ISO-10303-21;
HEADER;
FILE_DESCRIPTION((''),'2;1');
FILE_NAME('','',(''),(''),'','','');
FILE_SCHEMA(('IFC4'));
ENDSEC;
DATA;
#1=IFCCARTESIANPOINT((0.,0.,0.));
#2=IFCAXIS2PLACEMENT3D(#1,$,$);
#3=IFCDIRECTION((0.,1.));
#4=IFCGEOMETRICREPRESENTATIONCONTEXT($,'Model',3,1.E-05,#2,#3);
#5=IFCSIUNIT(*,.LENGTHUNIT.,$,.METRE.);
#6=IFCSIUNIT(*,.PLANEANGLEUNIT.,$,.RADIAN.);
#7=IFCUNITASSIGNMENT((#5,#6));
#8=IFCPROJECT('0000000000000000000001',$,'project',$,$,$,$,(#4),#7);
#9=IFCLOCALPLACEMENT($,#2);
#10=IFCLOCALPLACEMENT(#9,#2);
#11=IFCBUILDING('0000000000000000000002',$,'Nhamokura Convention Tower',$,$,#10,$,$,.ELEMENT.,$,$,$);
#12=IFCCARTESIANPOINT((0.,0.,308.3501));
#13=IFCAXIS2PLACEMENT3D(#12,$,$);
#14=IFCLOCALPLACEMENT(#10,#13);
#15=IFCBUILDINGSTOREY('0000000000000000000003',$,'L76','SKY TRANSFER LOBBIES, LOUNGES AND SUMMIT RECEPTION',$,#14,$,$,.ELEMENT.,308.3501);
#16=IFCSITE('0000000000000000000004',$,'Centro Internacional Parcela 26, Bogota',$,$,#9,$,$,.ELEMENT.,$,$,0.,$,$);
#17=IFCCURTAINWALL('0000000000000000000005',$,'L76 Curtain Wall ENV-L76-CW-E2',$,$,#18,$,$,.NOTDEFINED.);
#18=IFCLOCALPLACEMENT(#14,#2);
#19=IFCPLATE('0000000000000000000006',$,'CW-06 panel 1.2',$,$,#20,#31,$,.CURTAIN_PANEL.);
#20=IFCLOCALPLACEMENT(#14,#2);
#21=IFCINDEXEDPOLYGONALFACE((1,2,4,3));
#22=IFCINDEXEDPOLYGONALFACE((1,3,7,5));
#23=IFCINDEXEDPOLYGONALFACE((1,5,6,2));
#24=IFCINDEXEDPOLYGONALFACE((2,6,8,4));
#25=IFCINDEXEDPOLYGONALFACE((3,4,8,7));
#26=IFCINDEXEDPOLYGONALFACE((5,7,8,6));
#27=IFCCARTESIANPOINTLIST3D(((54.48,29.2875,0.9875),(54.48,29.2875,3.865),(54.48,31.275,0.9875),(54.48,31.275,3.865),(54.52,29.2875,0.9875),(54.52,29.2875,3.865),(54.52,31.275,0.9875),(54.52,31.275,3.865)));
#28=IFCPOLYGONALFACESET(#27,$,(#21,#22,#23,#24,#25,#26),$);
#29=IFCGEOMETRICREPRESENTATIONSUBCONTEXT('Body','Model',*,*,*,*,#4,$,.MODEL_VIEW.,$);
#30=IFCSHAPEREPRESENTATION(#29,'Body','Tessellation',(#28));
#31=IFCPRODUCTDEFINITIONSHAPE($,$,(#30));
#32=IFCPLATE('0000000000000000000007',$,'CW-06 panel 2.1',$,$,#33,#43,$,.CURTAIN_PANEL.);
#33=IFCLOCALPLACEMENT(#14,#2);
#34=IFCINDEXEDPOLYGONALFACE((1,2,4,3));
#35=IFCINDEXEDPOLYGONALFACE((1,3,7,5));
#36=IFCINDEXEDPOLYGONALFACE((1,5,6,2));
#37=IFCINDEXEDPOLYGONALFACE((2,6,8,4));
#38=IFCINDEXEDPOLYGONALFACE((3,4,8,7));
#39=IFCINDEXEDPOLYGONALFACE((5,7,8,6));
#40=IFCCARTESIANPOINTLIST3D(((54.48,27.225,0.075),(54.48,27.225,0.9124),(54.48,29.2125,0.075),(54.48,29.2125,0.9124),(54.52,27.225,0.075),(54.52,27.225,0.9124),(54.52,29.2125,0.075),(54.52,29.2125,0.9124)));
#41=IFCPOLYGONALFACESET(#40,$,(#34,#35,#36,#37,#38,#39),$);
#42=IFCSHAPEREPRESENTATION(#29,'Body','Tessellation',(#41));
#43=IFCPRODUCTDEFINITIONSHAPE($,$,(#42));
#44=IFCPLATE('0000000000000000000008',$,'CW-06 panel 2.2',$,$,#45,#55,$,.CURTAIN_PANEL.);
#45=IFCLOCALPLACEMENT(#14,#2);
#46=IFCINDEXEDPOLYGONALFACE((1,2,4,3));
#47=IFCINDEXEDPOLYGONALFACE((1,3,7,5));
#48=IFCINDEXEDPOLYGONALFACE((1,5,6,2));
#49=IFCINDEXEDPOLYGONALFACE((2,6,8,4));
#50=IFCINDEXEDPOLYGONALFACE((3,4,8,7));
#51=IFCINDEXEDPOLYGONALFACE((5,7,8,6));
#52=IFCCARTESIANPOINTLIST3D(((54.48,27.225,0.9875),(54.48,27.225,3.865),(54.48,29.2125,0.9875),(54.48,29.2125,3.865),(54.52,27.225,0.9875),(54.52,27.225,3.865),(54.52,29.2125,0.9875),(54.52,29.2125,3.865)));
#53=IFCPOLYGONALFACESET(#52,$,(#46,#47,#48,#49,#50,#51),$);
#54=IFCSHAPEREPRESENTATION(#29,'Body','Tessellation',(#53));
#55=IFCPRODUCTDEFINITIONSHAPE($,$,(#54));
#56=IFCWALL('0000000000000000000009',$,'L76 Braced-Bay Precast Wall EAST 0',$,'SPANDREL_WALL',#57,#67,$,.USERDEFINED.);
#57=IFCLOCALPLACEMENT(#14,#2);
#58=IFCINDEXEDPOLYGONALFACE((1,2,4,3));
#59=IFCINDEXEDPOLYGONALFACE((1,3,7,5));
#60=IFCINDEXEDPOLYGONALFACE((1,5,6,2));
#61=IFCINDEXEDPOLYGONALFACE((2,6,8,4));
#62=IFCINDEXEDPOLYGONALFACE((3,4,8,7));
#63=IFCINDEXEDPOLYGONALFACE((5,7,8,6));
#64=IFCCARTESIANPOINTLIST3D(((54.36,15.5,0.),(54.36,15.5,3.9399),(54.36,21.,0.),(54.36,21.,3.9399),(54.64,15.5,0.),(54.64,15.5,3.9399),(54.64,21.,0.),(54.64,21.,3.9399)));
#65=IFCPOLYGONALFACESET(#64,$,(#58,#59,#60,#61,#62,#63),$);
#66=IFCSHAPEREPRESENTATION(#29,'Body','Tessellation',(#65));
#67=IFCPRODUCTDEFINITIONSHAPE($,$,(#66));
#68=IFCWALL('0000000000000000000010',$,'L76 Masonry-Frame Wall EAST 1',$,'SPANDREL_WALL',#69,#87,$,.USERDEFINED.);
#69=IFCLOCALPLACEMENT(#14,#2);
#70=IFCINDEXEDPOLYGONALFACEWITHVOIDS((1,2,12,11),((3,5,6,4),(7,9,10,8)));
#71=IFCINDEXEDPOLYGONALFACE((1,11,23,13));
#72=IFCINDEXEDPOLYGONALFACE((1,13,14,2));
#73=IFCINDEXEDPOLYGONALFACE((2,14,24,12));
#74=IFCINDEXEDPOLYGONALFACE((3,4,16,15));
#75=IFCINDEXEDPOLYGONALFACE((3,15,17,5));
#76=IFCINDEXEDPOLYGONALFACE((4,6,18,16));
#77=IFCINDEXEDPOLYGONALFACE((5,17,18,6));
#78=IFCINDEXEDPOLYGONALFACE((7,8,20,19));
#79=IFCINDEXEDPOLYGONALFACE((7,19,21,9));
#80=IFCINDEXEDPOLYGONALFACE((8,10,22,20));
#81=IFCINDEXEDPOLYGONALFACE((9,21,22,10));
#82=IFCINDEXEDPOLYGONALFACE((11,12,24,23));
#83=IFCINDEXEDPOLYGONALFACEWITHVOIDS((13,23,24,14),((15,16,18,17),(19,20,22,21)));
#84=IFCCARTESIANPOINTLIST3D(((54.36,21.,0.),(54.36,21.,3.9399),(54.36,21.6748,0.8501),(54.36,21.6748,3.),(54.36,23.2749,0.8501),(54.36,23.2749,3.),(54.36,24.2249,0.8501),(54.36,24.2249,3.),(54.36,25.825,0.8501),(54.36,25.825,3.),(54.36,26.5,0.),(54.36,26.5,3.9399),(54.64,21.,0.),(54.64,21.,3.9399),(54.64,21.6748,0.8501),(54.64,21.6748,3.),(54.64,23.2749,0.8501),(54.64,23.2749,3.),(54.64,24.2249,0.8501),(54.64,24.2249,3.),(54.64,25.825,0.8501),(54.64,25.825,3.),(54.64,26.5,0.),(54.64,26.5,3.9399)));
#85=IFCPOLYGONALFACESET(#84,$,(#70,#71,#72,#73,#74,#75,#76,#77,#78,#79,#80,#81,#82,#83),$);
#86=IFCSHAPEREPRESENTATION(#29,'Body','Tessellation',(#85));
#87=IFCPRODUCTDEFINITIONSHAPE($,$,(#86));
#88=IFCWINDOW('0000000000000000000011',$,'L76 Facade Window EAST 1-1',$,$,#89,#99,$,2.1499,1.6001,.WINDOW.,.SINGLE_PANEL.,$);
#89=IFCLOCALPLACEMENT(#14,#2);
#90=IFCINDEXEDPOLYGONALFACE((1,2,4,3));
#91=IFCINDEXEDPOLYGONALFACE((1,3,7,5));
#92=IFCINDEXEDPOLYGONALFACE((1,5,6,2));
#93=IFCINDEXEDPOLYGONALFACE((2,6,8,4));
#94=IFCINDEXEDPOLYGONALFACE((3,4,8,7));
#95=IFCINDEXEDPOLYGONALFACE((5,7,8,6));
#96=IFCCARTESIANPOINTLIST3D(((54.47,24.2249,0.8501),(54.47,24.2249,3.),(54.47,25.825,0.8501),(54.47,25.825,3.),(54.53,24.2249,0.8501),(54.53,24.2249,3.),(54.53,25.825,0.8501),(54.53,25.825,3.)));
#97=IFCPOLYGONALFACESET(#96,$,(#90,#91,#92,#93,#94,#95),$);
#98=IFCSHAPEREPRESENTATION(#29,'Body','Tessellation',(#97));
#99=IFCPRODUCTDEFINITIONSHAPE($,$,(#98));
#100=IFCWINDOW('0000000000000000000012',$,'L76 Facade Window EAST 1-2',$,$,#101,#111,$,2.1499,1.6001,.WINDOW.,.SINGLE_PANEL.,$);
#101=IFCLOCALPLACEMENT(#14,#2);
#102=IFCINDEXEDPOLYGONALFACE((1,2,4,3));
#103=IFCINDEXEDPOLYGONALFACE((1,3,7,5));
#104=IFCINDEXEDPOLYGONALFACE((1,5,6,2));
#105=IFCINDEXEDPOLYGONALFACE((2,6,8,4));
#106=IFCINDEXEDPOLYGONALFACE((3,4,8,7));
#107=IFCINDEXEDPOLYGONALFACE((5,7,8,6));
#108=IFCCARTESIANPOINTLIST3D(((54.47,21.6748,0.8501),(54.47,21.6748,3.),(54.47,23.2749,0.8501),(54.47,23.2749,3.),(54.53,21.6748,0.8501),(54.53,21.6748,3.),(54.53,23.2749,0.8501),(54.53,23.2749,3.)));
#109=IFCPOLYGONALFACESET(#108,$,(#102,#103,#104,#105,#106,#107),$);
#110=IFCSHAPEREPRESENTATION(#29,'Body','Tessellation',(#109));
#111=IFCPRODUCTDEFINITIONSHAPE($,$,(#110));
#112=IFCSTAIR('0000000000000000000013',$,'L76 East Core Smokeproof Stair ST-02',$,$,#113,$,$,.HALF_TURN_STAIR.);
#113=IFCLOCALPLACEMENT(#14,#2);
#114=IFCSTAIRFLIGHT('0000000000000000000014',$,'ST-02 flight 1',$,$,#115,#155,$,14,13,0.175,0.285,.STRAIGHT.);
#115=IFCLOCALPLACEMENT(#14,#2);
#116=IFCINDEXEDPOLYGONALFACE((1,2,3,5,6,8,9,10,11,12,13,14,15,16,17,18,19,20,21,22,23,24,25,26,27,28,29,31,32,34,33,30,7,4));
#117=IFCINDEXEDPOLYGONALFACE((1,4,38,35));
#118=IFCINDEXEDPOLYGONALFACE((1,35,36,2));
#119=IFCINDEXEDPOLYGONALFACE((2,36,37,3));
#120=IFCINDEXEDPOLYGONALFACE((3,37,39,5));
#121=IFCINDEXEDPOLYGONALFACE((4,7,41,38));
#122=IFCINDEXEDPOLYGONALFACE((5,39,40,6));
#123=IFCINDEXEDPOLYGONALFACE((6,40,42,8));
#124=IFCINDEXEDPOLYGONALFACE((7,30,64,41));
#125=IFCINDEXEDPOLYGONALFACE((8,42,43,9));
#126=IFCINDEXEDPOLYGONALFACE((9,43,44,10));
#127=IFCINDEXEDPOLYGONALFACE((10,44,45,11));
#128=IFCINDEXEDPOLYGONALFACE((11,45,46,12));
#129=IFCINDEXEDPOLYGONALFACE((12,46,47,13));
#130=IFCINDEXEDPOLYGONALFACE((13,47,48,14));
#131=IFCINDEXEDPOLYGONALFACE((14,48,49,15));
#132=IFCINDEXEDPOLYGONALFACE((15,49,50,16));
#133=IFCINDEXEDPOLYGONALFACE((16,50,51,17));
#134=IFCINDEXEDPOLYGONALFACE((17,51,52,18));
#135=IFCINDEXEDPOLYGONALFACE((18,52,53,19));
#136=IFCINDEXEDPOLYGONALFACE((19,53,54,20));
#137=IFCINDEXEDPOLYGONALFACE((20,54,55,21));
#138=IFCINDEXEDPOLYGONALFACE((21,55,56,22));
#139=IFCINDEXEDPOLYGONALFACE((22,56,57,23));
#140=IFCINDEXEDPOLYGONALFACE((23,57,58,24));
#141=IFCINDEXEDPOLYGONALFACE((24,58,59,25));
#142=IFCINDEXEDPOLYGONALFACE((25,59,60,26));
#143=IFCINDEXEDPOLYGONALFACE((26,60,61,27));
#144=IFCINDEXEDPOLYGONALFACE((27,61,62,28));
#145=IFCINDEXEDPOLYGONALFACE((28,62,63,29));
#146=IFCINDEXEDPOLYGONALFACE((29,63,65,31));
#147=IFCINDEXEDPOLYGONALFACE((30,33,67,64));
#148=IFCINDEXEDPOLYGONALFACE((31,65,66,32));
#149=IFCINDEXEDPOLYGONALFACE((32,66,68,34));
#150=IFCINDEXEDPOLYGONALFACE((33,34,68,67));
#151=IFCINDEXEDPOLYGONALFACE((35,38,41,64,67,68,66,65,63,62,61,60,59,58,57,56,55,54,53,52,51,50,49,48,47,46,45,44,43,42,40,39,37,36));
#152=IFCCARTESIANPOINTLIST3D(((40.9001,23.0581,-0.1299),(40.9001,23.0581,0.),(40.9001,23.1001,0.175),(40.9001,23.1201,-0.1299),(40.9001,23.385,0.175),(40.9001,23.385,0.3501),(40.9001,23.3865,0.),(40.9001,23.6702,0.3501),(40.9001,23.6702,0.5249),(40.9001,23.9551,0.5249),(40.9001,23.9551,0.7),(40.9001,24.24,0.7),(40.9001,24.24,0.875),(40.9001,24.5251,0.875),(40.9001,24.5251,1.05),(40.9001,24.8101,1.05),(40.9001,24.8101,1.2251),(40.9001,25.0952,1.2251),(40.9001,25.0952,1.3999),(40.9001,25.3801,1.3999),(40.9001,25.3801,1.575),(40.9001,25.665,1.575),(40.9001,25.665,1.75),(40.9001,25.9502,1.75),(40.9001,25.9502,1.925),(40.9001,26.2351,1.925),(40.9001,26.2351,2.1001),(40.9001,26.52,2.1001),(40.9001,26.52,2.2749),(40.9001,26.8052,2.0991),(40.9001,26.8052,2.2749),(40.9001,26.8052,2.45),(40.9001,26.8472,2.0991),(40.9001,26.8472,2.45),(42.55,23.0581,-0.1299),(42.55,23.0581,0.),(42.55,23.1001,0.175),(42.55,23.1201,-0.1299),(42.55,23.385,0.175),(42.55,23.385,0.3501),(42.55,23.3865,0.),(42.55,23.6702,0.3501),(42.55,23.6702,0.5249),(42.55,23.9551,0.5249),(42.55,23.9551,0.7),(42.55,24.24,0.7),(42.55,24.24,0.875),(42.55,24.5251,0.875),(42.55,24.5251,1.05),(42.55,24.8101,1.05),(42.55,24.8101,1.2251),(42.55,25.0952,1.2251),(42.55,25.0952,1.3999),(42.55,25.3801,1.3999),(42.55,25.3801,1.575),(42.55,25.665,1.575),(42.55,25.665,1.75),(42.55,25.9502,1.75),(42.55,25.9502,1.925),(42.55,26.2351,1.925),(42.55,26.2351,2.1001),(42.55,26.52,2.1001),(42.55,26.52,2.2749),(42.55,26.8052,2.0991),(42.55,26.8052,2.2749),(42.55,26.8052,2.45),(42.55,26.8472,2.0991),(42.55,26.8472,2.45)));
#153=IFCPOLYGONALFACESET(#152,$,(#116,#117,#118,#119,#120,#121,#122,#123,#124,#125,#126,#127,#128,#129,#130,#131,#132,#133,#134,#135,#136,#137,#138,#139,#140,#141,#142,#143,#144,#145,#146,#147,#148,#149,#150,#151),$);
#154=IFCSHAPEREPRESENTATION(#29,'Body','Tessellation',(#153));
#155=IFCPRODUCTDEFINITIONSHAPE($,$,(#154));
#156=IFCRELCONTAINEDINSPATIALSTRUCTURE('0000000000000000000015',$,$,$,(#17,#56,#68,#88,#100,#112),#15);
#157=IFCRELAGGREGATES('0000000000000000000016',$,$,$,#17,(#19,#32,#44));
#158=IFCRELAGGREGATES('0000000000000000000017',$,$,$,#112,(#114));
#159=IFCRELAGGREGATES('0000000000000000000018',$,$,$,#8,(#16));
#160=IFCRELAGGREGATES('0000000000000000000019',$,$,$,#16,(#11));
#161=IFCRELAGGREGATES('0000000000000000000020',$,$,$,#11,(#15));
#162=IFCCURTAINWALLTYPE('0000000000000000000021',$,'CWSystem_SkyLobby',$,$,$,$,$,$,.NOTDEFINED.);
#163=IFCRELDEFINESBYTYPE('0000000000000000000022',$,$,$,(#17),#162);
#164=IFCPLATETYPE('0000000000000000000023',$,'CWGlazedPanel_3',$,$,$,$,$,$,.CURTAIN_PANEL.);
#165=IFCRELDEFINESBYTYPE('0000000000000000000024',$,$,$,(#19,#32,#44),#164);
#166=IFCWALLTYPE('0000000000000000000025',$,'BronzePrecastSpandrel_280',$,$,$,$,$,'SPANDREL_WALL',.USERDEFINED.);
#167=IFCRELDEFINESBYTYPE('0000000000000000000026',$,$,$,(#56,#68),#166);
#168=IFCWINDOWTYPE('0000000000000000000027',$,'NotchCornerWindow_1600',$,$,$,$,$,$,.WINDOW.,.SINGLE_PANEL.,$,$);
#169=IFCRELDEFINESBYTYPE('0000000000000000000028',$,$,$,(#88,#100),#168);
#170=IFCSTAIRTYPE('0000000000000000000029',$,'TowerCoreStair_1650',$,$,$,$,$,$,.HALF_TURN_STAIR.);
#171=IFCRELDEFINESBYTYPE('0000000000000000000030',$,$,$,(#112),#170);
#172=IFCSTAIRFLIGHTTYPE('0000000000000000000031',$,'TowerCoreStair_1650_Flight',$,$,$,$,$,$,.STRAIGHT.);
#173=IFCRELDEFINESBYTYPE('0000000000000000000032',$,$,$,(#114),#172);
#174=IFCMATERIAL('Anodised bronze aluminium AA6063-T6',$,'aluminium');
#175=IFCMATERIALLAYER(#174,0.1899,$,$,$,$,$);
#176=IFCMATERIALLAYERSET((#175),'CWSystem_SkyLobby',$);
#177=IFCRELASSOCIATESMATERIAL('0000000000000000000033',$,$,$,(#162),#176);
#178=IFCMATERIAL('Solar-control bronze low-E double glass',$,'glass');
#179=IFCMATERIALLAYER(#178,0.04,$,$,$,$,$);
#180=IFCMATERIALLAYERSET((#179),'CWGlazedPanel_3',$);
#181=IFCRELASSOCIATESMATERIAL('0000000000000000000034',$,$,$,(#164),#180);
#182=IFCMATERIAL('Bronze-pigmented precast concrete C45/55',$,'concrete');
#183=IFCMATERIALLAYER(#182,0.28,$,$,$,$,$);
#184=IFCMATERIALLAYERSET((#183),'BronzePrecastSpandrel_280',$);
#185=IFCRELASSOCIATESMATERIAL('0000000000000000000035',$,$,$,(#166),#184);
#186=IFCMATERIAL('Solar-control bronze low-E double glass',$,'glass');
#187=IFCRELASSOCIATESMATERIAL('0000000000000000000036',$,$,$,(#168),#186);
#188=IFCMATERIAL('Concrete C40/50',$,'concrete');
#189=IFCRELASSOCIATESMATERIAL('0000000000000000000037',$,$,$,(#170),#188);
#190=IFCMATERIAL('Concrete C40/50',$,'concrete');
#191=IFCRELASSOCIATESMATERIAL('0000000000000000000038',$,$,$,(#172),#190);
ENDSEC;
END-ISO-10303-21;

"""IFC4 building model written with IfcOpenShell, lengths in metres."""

from ifc_helpers import new_model, si_unit, direction, frame, frame_2d, origin, origin_2d, place, context, subcontext, project, spatial, polyline, rectangle, outline, extrude, material, layer, layer_set, type_object, element, fill, aggregate, save


model = new_model("IFC4")

# Units and contexts
model_context = context("Model", 3, precision=1e-05, world=origin(), true_north=direction((0.0, 1.0)))
body_context = subcontext(model_context, "Body", "Model", "MODEL_VIEW")
ifc_project = project(units=[si_unit("LENGTHUNIT", "METRE"), si_unit("PLANEANGLEUNIT", "RADIAN")], contexts=[model_context])

# Site, building, storey
site_placement = place(None, origin())
site = spatial("IfcSite", under=ifc_project, at=site_placement, Name="Centro Internacional Parcela 26, Bogota", CompositionType="ELEMENT", RefElevation=0.0)
building_placement = place(site_placement, origin())
building = spatial("IfcBuilding", under=site, at=building_placement, Name="Nhamokura Convention Tower", CompositionType="ELEMENT")
storey_placement = place(building_placement, frame((0.0, 0.0, 308.3501)))
storey = spatial("IfcBuildingStorey", under=building, at=storey_placement, Name="L76", Description="SKY TRANSFER LOBBIES, LOUNGES AND SUMMIT RECEPTION", CompositionType="ELEMENT", Elevation=308.3501)

# Curtain wall
ifc_material_1 = material(Name="Anodised bronze aluminium AA6063-T6", Category="aluminium")
ifc_layer_1 = layer(ifc_material_1, 0.1899)
ifc_layer_set_1 = layer_set([ifc_layer_1], Name="CWSystem_SkyLobby")
curtain_wall_type = type_object("IfcCurtainWallType", Name="CWSystem_SkyLobby", PredefinedType="NOTDEFINED", material=ifc_layer_set_1)
curtain_wall_placement = place(storey_placement, origin())
curtain_wall = element("IfcCurtainWall", 1, at=curtain_wall_placement, inside=storey, type_object=curtain_wall_type, Name="L76 Curtain Wall ENV-L76-CW-E2", PredefinedType="NOTDEFINED")

# Plates
ifc_material_2 = material(Name="Solar-control bronze low-E double glass", Category="glass")
ifc_layer_2 = layer(ifc_material_2, 0.04)
ifc_layer_set_2 = layer_set([ifc_layer_2], Name="CWGlazedPanel_3")
plate_type = type_object("IfcPlateType", Name="CWGlazedPanel_3", PredefinedType="CURTAIN_PANEL", material=ifc_layer_set_2)
plate_1_placement = place(storey_placement, frame((54.5, 30.2812, 0.9875), z_axis=(0.0, 0.0, 1.0), x_axis=(0.0, -1.0, 0.0)))
plate_1 = element("IfcPlate", 2, at=plate_1_placement, type_object=plate_type, Name="CW-06 panel 1.2", PredefinedType="CURTAIN_PANEL", context=body_context, shape_type="SweptSolid", body=[
    extrude(rectangle(XDim=1.9875, YDim=0.04, at=origin_2d()), origin(), (0.0, 0.0, 1.0), 2.8774),
])
plate_2_placement = place(storey_placement, frame((54.5, 28.2188, 0.075), z_axis=(0.0, 0.0, 1.0), x_axis=(0.0, -1.0, 0.0)))
plate_2 = element("IfcPlate", 3, at=plate_2_placement, type_object=plate_type, Name="CW-06 panel 2.1", PredefinedType="CURTAIN_PANEL", context=body_context, shape_type="SweptSolid", body=[
    extrude(rectangle(XDim=1.9875, YDim=0.04, at=origin_2d()), origin(), (0.0, 0.0, 1.0), 0.8374),
])
plate_3_placement = place(storey_placement, frame((54.5, 28.2188, 0.9875), z_axis=(0.0, 0.0, 1.0), x_axis=(0.0, -1.0, 0.0)))
plate_3 = element("IfcPlate", 4, at=plate_3_placement, type_object=plate_type, Name="CW-06 panel 2.2", PredefinedType="CURTAIN_PANEL", context=body_context, shape_type="SweptSolid", body=[
    extrude(rectangle(XDim=1.9875, YDim=0.04, at=origin_2d()), origin(), (0.0, 0.0, 1.0), 2.8774),
])
aggregate(curtain_wall, [plate_1, plate_2, plate_3])

# Wall
ifc_material_3 = material(Name="Bronze-pigmented precast concrete C45/55", Category="concrete")
ifc_layer_3 = layer(ifc_material_3, 0.28)
ifc_layer_set_3 = layer_set([ifc_layer_3], Name="BronzePrecastSpandrel_280")
wall_type = type_object("IfcWallType", Name="BronzePrecastSpandrel_280", ElementType="SPANDREL_WALL", PredefinedType="USERDEFINED", material=ifc_layer_set_3)
wall_1_placement = place(storey_placement, frame((54.5, 21.0, 0.0), z_axis=(0.0, 0.0, 1.0), x_axis=(0.0, -1.0, 0.0)))
element("IfcWall", 5, at=wall_1_placement, inside=storey, type_object=wall_type, Name="L76 Braced-Bay Precast Wall EAST 0", ObjectType="SPANDREL_WALL", PredefinedType="USERDEFINED", context=body_context, shape_type="SweptSolid", body=[
    extrude(rectangle(XDim=5.5, YDim=0.28, at=frame_2d((2.75, 0.0))), origin(), (0.0, 0.0, 1.0), 3.9399),
])

# Wall, openings, windows
wall_2_placement = place(storey_placement, frame((54.5, 26.5, 0.0), z_axis=(0.0, 0.0, 1.0), x_axis=(0.0, -1.0, 0.0)))
wall_2 = element("IfcWall", 6, at=wall_2_placement, inside=storey, type_object=wall_type, Name="L76 Masonry-Frame Wall EAST 1", ObjectType="SPANDREL_WALL", PredefinedType="USERDEFINED", context=body_context, shape_type="SweptSolid", body=[
    extrude(rectangle(XDim=5.5, YDim=0.28, at=frame_2d((2.75, 0.0))), origin(), (0.0, 0.0, 1.0), 3.9399),
])
opening_1_placement = place(wall_2_placement, frame((0.675, 0.0, 0.8501)))
opening_1 = element("IfcOpeningElement", 7, at=opening_1_placement, cuts=wall_2, PredefinedType="OPENING", context=body_context, shape_type="SweptSolid", body=[
    extrude(rectangle(XDim=1.6001, YDim=2.1499, at=frame_2d((0.8, 1.075))), frame((0.0, 0.1499, 0.0), z_axis=(0.0, -1.0, 0.0), x_axis=(1.0, 0.0, 0.0)), (0.0, 0.0, 1.0), 0.3),
])
opening_2_placement = place(wall_2_placement, frame((3.2251, 0.0, 0.8501)))
opening_2 = element("IfcOpeningElement", 8, at=opening_2_placement, cuts=wall_2, PredefinedType="OPENING", context=body_context, shape_type="SweptSolid", body=[
    extrude(rectangle(XDim=1.6001, YDim=2.1499, at=frame_2d((0.8, 1.075))), frame((0.0, 0.1499, 0.0), z_axis=(0.0, -1.0, 0.0), x_axis=(1.0, 0.0, 0.0)), (0.0, 0.0, 1.0), 0.3),
])
ifc_material_4 = material(Name="Solar-control bronze low-E double glass", Category="glass")
window_type = type_object("IfcWindowType", Name="NotchCornerWindow_1600", PartitioningType="SINGLE_PANEL", PredefinedType="WINDOW", material=ifc_material_4)
window_1_placement = place(opening_1_placement, origin())
window_1 = element("IfcWindow", 9, at=window_1_placement, inside=storey, type_object=window_type, Name="L76 Facade Window EAST 1-1", OverallHeight=2.1499, OverallWidth=1.6001, PartitioningType="SINGLE_PANEL", PredefinedType="WINDOW", context=body_context, shape_type="SweptSolid", body=[
    extrude(rectangle(XDim=1.6001, YDim=2.1499, at=frame_2d((0.8, 1.075))), frame((0.0, 0.03, 0.0), z_axis=(0.0, -1.0, 0.0), x_axis=(1.0, 0.0, 0.0)), (0.0, 0.0, 1.0), 0.0601),
])
fill(opening_1, window_1)
window_2_placement = place(opening_2_placement, origin())
window_2 = element("IfcWindow", 10, at=window_2_placement, inside=storey, type_object=window_type, Name="L76 Facade Window EAST 1-2", OverallHeight=2.1499, OverallWidth=1.6001, PartitioningType="SINGLE_PANEL", PredefinedType="WINDOW", context=body_context, shape_type="SweptSolid", body=[
    extrude(rectangle(XDim=1.6001, YDim=2.1499, at=frame_2d((0.8, 1.075))), frame((0.0, 0.03, 0.0), z_axis=(0.0, -1.0, 0.0), x_axis=(1.0, 0.0, 0.0)), (0.0, 0.0, 1.0), 0.0601),
])
fill(opening_2, window_2)

# Stair, stair flight
ifc_material_5 = material(Name="Concrete C40/50", Category="concrete")
stair_type = type_object("IfcStairType", Name="TowerCoreStair_1650", PredefinedType="HALF_TURN_STAIR", material=ifc_material_5)
stair_placement = place(storey_placement, origin())
stair = element("IfcStair", 11, at=stair_placement, inside=storey, type_object=stair_type, Name="L76 East Core Smokeproof Stair ST-02", PredefinedType="HALF_TURN_STAIR")
ifc_material_6 = material(Name="Concrete C40/50", Category="concrete")
stair_flight_type = type_object("IfcStairFlightType", Name="TowerCoreStair_1650_Flight", PredefinedType="STRAIGHT", material=ifc_material_6)
stair_flight_placement = place(storey_placement, frame((41.7251, 23.1001, 0.0), z_axis=(0.0, 0.0, 1.0), x_axis=(0.0, 1.0, 0.0)))
stair_flight = element("IfcStairFlight", 12, at=stair_flight_placement, type_object=stair_flight_type, Name="ST-02 flight 1", NumberOfRisers=14, NumberOfTreads=13, PredefinedType="STRAIGHT", RiserHeight=0.175, TreadLength=0.285, context=body_context, shape_type="SweptSolid", body=[
    extrude(outline(polyline([(-0.042, 0.0), (0.0, 0.175), (0.2849, 0.175), (0.2849, 0.3501), (0.5701, 0.3501), (0.5701, 0.5249), (0.855, 0.5249), (0.855, 0.7), (1.1399, 0.7), (1.1399, 0.875), (1.425, 0.875), (1.425, 1.05), (1.71, 1.05), (1.71, 1.2251), (1.9951, 1.2251), (1.9951, 1.3999), (2.28, 1.3999), (2.28, 1.575), (2.5649, 1.575), (2.5649, 1.75), (2.8501, 1.75), (2.8501, 1.925), (3.135, 1.925), (3.135, 2.1001), (3.4199, 2.1001), (3.4199, 2.2749), (3.7051, 2.2749), (3.7051, 2.45), (3.7471, 2.45), (3.7471, 2.0991), (3.7051, 2.0991), (0.2864, 0.0), (0.02, -0.1299), (-0.042, -0.1299), (-0.042, 0.0)])), frame((0.0, 0.825, 0.0), z_axis=(0.0, -1.0, 0.0), x_axis=(1.0, 0.0, 0.0)), (0.0, 0.0, 1.0), 1.6499),
])
aggregate(stair, [stair_flight])

save(model, "model.ifc")
